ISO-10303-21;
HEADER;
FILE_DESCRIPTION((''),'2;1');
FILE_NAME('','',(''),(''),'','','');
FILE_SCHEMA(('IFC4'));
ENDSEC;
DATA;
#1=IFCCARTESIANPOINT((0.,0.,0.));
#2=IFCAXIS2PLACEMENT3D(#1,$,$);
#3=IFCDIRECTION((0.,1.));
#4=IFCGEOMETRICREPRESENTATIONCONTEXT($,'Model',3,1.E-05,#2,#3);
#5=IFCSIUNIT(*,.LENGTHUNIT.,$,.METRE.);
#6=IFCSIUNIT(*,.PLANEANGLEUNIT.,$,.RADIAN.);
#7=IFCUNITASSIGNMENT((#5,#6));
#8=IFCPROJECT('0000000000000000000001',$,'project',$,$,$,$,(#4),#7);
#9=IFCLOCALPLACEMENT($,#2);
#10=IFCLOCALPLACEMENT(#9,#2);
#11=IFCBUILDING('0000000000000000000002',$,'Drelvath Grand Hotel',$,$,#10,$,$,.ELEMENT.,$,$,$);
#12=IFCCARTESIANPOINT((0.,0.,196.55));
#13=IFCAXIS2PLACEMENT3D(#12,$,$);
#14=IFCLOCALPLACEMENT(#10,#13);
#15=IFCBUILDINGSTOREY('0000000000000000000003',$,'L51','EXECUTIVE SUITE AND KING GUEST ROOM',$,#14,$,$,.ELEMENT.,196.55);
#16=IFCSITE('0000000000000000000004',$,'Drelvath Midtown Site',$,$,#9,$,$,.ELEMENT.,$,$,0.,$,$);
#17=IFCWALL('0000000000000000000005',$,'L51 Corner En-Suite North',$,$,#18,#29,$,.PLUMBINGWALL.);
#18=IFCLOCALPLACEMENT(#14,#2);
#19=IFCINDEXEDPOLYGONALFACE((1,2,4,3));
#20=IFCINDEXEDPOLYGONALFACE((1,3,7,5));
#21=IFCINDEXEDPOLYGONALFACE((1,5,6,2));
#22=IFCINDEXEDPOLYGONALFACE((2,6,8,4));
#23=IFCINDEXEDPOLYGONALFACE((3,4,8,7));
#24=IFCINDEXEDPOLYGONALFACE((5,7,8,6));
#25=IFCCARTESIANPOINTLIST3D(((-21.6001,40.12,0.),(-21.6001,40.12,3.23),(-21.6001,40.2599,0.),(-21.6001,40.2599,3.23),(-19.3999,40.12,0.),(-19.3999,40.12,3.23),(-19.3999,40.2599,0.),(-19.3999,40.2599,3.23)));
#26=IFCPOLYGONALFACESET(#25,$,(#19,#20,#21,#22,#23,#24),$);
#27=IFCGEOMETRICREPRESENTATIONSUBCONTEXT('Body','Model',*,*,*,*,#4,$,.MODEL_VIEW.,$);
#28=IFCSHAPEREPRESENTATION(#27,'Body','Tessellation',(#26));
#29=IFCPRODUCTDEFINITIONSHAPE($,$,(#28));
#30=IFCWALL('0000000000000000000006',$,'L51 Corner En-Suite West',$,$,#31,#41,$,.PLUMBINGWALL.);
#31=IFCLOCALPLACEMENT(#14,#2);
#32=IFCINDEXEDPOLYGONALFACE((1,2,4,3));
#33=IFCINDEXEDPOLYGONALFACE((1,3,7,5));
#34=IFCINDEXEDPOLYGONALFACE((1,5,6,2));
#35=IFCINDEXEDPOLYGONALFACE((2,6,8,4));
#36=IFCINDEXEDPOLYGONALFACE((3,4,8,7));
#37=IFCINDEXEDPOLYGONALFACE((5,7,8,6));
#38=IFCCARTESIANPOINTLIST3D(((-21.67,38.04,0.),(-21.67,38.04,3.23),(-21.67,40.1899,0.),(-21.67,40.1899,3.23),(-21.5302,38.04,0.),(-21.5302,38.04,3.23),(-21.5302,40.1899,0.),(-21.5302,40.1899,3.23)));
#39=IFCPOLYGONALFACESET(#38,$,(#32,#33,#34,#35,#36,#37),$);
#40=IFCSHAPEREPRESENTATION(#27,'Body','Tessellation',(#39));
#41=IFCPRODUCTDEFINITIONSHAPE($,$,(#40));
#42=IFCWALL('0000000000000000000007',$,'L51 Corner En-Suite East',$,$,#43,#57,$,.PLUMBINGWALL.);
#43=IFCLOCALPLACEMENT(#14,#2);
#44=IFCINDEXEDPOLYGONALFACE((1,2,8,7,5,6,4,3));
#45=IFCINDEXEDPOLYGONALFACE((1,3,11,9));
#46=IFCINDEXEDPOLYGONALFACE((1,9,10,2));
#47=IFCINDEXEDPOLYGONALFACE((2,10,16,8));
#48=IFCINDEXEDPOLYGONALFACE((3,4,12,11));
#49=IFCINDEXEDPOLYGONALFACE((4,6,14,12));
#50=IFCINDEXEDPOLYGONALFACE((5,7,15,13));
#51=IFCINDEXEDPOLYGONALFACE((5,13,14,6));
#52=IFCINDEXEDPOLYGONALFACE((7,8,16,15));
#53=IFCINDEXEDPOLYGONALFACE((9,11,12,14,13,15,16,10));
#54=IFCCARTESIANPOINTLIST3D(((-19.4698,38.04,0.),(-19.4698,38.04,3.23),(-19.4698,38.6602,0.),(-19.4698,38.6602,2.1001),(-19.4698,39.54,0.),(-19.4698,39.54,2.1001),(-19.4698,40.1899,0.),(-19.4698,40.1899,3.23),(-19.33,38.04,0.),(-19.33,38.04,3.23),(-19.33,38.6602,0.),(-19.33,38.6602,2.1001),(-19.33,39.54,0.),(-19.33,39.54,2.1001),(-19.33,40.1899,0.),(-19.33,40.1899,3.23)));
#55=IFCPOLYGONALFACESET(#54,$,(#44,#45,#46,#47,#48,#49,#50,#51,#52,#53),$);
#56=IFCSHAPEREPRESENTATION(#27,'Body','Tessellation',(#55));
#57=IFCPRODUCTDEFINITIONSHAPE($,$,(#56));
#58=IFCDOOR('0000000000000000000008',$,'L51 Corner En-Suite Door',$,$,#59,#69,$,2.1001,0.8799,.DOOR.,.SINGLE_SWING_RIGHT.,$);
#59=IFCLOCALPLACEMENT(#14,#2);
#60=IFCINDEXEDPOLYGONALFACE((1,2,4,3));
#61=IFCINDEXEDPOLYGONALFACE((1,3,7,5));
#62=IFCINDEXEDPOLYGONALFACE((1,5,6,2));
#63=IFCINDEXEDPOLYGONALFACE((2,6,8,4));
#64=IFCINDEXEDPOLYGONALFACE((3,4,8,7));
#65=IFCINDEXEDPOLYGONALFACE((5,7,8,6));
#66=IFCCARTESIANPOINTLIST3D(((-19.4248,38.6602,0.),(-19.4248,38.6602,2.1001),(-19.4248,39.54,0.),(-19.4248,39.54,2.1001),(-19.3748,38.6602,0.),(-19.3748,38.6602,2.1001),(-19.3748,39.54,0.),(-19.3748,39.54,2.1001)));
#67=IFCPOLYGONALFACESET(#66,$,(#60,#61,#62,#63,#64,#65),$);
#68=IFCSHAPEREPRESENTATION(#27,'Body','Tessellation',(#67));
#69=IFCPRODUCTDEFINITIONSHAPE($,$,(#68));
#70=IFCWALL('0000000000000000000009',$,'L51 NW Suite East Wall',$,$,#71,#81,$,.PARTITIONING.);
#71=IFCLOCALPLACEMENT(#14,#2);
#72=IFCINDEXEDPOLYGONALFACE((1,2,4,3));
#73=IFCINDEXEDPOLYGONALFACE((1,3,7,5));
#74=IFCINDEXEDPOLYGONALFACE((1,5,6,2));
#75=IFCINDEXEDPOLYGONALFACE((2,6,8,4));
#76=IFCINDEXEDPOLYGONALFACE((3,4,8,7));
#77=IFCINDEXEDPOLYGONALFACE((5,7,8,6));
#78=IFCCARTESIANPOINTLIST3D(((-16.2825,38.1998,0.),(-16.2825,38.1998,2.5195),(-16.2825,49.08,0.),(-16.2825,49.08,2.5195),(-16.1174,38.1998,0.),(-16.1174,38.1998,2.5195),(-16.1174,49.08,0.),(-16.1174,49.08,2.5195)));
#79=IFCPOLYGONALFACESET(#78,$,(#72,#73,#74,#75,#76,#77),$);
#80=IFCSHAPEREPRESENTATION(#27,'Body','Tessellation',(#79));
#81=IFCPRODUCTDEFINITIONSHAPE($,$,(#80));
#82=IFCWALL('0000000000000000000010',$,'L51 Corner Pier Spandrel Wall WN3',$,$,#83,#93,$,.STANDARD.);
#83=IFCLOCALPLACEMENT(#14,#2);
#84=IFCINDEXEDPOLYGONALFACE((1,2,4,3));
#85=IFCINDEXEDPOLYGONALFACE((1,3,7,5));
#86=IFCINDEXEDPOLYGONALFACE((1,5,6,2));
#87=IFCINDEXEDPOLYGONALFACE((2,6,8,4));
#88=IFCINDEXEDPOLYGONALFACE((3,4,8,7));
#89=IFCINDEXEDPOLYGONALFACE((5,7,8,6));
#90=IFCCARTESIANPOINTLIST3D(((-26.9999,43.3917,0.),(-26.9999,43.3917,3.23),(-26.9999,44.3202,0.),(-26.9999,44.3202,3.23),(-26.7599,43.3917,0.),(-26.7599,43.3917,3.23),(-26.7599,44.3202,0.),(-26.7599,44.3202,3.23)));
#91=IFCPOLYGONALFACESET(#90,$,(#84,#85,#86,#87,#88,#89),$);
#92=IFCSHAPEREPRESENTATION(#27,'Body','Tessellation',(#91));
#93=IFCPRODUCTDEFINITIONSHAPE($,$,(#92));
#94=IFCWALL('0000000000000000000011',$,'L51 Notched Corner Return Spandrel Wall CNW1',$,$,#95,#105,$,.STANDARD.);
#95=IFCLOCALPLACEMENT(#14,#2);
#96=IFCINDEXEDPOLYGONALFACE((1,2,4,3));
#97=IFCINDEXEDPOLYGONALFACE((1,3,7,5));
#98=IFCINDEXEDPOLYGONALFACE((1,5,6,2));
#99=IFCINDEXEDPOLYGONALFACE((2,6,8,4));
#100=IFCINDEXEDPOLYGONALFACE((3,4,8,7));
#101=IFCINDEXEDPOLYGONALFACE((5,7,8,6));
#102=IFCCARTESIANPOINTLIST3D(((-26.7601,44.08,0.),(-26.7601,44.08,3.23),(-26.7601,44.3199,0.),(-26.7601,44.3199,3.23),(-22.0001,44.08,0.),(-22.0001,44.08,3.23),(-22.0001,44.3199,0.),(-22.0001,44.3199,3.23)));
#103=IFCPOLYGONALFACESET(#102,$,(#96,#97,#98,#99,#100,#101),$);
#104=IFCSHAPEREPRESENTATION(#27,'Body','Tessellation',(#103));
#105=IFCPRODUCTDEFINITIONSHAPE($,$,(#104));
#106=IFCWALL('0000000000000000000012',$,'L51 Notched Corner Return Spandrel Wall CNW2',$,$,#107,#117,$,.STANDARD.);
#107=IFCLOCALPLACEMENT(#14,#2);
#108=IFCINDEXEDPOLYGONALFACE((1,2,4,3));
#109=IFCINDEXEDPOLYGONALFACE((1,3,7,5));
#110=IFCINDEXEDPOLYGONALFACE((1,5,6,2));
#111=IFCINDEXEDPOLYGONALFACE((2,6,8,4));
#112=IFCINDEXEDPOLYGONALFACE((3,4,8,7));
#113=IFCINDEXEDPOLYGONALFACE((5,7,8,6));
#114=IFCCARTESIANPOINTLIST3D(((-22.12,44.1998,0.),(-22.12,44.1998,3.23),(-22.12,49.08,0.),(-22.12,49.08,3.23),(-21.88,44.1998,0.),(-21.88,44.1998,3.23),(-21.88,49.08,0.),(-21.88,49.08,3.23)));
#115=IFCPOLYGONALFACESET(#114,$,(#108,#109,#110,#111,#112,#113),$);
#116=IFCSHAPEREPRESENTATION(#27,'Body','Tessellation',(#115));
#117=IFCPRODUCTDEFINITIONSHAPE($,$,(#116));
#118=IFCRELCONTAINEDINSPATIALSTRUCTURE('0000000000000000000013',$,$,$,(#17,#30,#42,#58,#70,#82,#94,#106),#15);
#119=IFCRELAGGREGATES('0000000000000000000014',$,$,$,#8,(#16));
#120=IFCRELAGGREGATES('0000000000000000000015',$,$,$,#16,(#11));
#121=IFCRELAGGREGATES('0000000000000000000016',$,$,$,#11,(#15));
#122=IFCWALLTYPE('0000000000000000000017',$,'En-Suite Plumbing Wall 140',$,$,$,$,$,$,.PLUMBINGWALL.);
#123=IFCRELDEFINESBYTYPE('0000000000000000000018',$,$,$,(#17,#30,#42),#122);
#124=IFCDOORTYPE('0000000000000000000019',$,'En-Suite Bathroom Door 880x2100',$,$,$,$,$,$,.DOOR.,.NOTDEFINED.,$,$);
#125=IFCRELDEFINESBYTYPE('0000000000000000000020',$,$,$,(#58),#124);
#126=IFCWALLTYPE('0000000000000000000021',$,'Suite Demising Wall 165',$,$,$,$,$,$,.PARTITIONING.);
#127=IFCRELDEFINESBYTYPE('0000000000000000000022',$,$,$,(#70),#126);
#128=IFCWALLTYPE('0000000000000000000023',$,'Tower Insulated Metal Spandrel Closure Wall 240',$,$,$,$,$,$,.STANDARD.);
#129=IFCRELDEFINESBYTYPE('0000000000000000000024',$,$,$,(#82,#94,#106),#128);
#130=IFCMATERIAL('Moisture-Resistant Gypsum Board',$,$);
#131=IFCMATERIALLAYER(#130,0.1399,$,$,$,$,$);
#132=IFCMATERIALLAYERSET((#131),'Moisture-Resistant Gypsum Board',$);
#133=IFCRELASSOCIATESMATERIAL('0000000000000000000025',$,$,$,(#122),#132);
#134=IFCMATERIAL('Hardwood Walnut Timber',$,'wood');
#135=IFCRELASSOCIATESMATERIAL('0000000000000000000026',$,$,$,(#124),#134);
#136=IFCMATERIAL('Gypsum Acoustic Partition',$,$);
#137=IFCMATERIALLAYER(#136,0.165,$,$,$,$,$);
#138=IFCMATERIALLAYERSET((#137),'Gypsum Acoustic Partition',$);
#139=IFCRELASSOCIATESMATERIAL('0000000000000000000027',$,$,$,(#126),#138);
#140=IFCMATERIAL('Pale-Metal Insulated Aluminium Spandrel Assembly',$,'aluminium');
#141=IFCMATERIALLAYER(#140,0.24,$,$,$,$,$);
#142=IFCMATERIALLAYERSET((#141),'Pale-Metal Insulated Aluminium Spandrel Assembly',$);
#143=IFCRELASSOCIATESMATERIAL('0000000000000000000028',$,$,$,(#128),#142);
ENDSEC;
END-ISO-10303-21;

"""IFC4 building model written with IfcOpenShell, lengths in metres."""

from ifc_helpers import new_model, si_unit, direction, frame, frame_2d, origin, place, context, subcontext, project, spatial, rectangle, extrude, material, layer, layer_set, type_object, element, fill, save


model = new_model("IFC4")

# Units and contexts
model_context = context("Model", 3, precision=1e-05, world=origin(), true_north=direction((0.0, 1.0)))
body_context = subcontext(model_context, "Body", "Model", "MODEL_VIEW")
ifc_project = project(units=[si_unit("LENGTHUNIT", "METRE"), si_unit("PLANEANGLEUNIT", "RADIAN")], contexts=[model_context])

# Site, building, storey
site_placement = place(None, origin())
site = spatial("IfcSite", under=ifc_project, at=site_placement, Name="Drelvath Midtown Site", CompositionType="ELEMENT", RefElevation=0.0)
building_placement = place(site_placement, origin())
building = spatial("IfcBuilding", under=site, at=building_placement, Name="Drelvath Grand Hotel", CompositionType="ELEMENT")
storey_placement = place(building_placement, frame((0.0, 0.0, 196.55)))
storey = spatial("IfcBuildingStorey", under=building, at=storey_placement, Name="L51", Description="EXECUTIVE SUITE AND KING GUEST ROOM", CompositionType="ELEMENT", Elevation=196.55)

# Shared definitions
ifc_material_1 = material(Name="Hardwood Walnut Timber", Category="wood")

# Walls
ifc_material_2 = material(Name="Moisture-Resistant Gypsum Board")
ifc_layer_1 = layer(ifc_material_2, 0.1399)
ifc_layer_set_1 = layer_set([ifc_layer_1], Name="Moisture-Resistant Gypsum Board")
wall_type_1 = type_object("IfcWallType", Name="En-Suite Plumbing Wall 140", PredefinedType="PLUMBINGWALL", material=ifc_layer_set_1)
for number, where, z_axis, x_axis, name in (
    (1, (-21.6001, 40.1899, 0.0), (0.0, 0.0, 1.0), (1.0, 0.0, 0.0), "L51 Corner En-Suite North"),
):
    element("IfcWall", number, at=place(storey_placement, frame(where, z_axis=z_axis, x_axis=x_axis)), inside=storey, type_object=wall_type_1, Name=name, PredefinedType="PLUMBINGWALL", context=body_context, shape_type="SweptSolid", body=[
        extrude(rectangle(XDim=2.2002, YDim=0.1399, at=frame_2d((1.1001, 0.0))), origin(), (0.0, 0.0, 1.0), 3.23),
    ])
wall_1_placement = place(storey_placement, frame((-21.6001, 38.04, 0.0), z_axis=(0.0, 0.0, 1.0), x_axis=(0.0, 1.0, 0.0)))
element("IfcWall", 2, at=wall_1_placement, inside=storey, type_object=wall_type_1, Name="L51 Corner En-Suite West", PredefinedType="PLUMBINGWALL", context=body_context, shape_type="SweptSolid", body=[
    extrude(rectangle(XDim=2.1499, YDim=0.1399, at=frame_2d((1.075, 0.0))), origin(), (0.0, 0.0, 1.0), 3.23),
])

# Wall, opening, door
wall_2_placement = place(storey_placement, frame((-19.3999, 38.04, 0.0), z_axis=(0.0, 0.0, 1.0), x_axis=(0.0, 1.0, 0.0)))
wall_2 = element("IfcWall", 3, at=wall_2_placement, inside=storey, type_object=wall_type_1, Name="L51 Corner En-Suite East", PredefinedType="PLUMBINGWALL", context=body_context, shape_type="SweptSolid", body=[
    extrude(rectangle(XDim=2.1499, YDim=0.1399, at=frame_2d((1.075, 0.0))), origin(), (0.0, 0.0, 1.0), 3.23),
])
opening_1_placement = place(wall_2_placement, frame((0.6201, 0.0, 0.0)))
opening_1 = element("IfcOpeningElement", 4, at=opening_1_placement, cuts=wall_2, PredefinedType="OPENING", context=body_context, shape_type="SweptSolid", body=[
    extrude(rectangle(XDim=0.8799, YDim=2.1001, at=frame_2d((0.4399, 1.05))), frame((0.0, 0.0798, 0.0), z_axis=(0.0, -1.0, 0.0), x_axis=(1.0, 0.0, 0.0)), (0.0, 0.0, 1.0), 0.1599),
])
door_type_1 = type_object("IfcDoorType", Name="En-Suite Bathroom Door 880x2100", OperationType="NOTDEFINED", PredefinedType="DOOR", material=ifc_material_1)
door_1_placement = place(opening_1_placement, origin())
door_1 = element("IfcDoor", 5, at=door_1_placement, inside=storey, type_object=door_type_1, Name="L51 Corner En-Suite Door", OperationType="SINGLE_SWING_RIGHT", OverallHeight=2.1001, OverallWidth=0.8799, PredefinedType="DOOR", context=body_context, shape_type="SweptSolid", body=[
    extrude(rectangle(XDim=0.8799, YDim=2.1001, at=frame_2d((0.4399, 1.05))), frame((0.0, 0.0249, 0.0), z_axis=(0.0, -1.0, 0.0), x_axis=(1.0, 0.0, 0.0)), (0.0, 0.0, 1.0), 0.05),
])
fill(opening_1, door_1)

# Walls
ifc_material_3 = material(Name="Gypsum Acoustic Partition")
ifc_layer_2 = layer(ifc_material_3, 0.165)
ifc_layer_set_2 = layer_set([ifc_layer_2], Name="Gypsum Acoustic Partition")
wall_type_2 = type_object("IfcWallType", Name="Suite Demising Wall 165", PredefinedType="PARTITIONING", material=ifc_layer_set_2)
wall_3_placement = place(storey_placement, frame((-16.2, 38.2, 0.0), z_axis=(0.0, 0.0, 1.0), x_axis=(0.0, 1.0, 0.0)))
element("IfcWall", 6, at=wall_3_placement, inside=storey, type_object=wall_type_2, Name="L51 NW Suite East Wall", PredefinedType="PARTITIONING", context=body_context, shape_type="SweptSolid", body=[
    extrude(rectangle(XDim=10.8801, YDim=0.165, at=frame_2d((5.4399, 0.0))), origin(), (0.0, 0.0, 1.0), 2.5195),
])
ifc_material_4 = material(Name="Pale-Metal Insulated Aluminium Spandrel Assembly", Category="aluminium")
ifc_layer_3 = layer(ifc_material_4, 0.24)
ifc_layer_set_3 = layer_set([ifc_layer_3], Name="Pale-Metal Insulated Aluminium Spandrel Assembly")
wall_type_3 = type_object("IfcWallType", Name="Tower Insulated Metal Spandrel Closure Wall 240", PredefinedType="STANDARD", material=ifc_layer_set_3)
wall_4_placement = place(storey_placement, frame((-26.8799, 43.3916, 0.0), z_axis=(0.0, 0.0, 1.0), x_axis=(0.0, 1.0, 0.0)))
element("IfcWall", 7, at=wall_4_placement, inside=storey, type_object=wall_type_3, Name="L51 Corner Pier Spandrel Wall WN3", PredefinedType="STANDARD", context=body_context, shape_type="SweptSolid", body=[
    extrude(rectangle(XDim=0.9285, YDim=0.24, at=frame_2d((0.4644, 0.0))), origin(), (0.0, 0.0, 1.0), 3.23),
])
wall_5_placement = place(storey_placement, frame((-26.76, 44.2, 0.0), z_axis=(0.0, 0.0, 1.0), x_axis=(1.0, 0.0, 0.0)))
element("IfcWall", 8, at=wall_5_placement, inside=storey, type_object=wall_type_3, Name="L51 Notched Corner Return Spandrel Wall CNW1", PredefinedType="STANDARD", context=body_context, shape_type="SweptSolid", body=[
    extrude(rectangle(XDim=4.76, YDim=0.24, at=frame_2d((2.3799, 0.0))), origin(), (0.0, 0.0, 1.0), 3.23),
])
wall_6_placement = place(storey_placement, frame((-22.0, 44.2, 0.0), z_axis=(0.0, 0.0, 1.0), x_axis=(0.0, 1.0, 0.0)))
element("IfcWall", 9, at=wall_6_placement, inside=storey, type_object=wall_type_3, Name="L51 Notched Corner Return Spandrel Wall CNW2", PredefinedType="STANDARD", context=body_context, shape_type="SweptSolid", body=[
    extrude(rectangle(XDim=4.8801, YDim=0.24, at=frame_2d((2.4399, 0.0))), origin(), (0.0, 0.0, 1.0), 3.23),
])

save(model, "model.ifc")
